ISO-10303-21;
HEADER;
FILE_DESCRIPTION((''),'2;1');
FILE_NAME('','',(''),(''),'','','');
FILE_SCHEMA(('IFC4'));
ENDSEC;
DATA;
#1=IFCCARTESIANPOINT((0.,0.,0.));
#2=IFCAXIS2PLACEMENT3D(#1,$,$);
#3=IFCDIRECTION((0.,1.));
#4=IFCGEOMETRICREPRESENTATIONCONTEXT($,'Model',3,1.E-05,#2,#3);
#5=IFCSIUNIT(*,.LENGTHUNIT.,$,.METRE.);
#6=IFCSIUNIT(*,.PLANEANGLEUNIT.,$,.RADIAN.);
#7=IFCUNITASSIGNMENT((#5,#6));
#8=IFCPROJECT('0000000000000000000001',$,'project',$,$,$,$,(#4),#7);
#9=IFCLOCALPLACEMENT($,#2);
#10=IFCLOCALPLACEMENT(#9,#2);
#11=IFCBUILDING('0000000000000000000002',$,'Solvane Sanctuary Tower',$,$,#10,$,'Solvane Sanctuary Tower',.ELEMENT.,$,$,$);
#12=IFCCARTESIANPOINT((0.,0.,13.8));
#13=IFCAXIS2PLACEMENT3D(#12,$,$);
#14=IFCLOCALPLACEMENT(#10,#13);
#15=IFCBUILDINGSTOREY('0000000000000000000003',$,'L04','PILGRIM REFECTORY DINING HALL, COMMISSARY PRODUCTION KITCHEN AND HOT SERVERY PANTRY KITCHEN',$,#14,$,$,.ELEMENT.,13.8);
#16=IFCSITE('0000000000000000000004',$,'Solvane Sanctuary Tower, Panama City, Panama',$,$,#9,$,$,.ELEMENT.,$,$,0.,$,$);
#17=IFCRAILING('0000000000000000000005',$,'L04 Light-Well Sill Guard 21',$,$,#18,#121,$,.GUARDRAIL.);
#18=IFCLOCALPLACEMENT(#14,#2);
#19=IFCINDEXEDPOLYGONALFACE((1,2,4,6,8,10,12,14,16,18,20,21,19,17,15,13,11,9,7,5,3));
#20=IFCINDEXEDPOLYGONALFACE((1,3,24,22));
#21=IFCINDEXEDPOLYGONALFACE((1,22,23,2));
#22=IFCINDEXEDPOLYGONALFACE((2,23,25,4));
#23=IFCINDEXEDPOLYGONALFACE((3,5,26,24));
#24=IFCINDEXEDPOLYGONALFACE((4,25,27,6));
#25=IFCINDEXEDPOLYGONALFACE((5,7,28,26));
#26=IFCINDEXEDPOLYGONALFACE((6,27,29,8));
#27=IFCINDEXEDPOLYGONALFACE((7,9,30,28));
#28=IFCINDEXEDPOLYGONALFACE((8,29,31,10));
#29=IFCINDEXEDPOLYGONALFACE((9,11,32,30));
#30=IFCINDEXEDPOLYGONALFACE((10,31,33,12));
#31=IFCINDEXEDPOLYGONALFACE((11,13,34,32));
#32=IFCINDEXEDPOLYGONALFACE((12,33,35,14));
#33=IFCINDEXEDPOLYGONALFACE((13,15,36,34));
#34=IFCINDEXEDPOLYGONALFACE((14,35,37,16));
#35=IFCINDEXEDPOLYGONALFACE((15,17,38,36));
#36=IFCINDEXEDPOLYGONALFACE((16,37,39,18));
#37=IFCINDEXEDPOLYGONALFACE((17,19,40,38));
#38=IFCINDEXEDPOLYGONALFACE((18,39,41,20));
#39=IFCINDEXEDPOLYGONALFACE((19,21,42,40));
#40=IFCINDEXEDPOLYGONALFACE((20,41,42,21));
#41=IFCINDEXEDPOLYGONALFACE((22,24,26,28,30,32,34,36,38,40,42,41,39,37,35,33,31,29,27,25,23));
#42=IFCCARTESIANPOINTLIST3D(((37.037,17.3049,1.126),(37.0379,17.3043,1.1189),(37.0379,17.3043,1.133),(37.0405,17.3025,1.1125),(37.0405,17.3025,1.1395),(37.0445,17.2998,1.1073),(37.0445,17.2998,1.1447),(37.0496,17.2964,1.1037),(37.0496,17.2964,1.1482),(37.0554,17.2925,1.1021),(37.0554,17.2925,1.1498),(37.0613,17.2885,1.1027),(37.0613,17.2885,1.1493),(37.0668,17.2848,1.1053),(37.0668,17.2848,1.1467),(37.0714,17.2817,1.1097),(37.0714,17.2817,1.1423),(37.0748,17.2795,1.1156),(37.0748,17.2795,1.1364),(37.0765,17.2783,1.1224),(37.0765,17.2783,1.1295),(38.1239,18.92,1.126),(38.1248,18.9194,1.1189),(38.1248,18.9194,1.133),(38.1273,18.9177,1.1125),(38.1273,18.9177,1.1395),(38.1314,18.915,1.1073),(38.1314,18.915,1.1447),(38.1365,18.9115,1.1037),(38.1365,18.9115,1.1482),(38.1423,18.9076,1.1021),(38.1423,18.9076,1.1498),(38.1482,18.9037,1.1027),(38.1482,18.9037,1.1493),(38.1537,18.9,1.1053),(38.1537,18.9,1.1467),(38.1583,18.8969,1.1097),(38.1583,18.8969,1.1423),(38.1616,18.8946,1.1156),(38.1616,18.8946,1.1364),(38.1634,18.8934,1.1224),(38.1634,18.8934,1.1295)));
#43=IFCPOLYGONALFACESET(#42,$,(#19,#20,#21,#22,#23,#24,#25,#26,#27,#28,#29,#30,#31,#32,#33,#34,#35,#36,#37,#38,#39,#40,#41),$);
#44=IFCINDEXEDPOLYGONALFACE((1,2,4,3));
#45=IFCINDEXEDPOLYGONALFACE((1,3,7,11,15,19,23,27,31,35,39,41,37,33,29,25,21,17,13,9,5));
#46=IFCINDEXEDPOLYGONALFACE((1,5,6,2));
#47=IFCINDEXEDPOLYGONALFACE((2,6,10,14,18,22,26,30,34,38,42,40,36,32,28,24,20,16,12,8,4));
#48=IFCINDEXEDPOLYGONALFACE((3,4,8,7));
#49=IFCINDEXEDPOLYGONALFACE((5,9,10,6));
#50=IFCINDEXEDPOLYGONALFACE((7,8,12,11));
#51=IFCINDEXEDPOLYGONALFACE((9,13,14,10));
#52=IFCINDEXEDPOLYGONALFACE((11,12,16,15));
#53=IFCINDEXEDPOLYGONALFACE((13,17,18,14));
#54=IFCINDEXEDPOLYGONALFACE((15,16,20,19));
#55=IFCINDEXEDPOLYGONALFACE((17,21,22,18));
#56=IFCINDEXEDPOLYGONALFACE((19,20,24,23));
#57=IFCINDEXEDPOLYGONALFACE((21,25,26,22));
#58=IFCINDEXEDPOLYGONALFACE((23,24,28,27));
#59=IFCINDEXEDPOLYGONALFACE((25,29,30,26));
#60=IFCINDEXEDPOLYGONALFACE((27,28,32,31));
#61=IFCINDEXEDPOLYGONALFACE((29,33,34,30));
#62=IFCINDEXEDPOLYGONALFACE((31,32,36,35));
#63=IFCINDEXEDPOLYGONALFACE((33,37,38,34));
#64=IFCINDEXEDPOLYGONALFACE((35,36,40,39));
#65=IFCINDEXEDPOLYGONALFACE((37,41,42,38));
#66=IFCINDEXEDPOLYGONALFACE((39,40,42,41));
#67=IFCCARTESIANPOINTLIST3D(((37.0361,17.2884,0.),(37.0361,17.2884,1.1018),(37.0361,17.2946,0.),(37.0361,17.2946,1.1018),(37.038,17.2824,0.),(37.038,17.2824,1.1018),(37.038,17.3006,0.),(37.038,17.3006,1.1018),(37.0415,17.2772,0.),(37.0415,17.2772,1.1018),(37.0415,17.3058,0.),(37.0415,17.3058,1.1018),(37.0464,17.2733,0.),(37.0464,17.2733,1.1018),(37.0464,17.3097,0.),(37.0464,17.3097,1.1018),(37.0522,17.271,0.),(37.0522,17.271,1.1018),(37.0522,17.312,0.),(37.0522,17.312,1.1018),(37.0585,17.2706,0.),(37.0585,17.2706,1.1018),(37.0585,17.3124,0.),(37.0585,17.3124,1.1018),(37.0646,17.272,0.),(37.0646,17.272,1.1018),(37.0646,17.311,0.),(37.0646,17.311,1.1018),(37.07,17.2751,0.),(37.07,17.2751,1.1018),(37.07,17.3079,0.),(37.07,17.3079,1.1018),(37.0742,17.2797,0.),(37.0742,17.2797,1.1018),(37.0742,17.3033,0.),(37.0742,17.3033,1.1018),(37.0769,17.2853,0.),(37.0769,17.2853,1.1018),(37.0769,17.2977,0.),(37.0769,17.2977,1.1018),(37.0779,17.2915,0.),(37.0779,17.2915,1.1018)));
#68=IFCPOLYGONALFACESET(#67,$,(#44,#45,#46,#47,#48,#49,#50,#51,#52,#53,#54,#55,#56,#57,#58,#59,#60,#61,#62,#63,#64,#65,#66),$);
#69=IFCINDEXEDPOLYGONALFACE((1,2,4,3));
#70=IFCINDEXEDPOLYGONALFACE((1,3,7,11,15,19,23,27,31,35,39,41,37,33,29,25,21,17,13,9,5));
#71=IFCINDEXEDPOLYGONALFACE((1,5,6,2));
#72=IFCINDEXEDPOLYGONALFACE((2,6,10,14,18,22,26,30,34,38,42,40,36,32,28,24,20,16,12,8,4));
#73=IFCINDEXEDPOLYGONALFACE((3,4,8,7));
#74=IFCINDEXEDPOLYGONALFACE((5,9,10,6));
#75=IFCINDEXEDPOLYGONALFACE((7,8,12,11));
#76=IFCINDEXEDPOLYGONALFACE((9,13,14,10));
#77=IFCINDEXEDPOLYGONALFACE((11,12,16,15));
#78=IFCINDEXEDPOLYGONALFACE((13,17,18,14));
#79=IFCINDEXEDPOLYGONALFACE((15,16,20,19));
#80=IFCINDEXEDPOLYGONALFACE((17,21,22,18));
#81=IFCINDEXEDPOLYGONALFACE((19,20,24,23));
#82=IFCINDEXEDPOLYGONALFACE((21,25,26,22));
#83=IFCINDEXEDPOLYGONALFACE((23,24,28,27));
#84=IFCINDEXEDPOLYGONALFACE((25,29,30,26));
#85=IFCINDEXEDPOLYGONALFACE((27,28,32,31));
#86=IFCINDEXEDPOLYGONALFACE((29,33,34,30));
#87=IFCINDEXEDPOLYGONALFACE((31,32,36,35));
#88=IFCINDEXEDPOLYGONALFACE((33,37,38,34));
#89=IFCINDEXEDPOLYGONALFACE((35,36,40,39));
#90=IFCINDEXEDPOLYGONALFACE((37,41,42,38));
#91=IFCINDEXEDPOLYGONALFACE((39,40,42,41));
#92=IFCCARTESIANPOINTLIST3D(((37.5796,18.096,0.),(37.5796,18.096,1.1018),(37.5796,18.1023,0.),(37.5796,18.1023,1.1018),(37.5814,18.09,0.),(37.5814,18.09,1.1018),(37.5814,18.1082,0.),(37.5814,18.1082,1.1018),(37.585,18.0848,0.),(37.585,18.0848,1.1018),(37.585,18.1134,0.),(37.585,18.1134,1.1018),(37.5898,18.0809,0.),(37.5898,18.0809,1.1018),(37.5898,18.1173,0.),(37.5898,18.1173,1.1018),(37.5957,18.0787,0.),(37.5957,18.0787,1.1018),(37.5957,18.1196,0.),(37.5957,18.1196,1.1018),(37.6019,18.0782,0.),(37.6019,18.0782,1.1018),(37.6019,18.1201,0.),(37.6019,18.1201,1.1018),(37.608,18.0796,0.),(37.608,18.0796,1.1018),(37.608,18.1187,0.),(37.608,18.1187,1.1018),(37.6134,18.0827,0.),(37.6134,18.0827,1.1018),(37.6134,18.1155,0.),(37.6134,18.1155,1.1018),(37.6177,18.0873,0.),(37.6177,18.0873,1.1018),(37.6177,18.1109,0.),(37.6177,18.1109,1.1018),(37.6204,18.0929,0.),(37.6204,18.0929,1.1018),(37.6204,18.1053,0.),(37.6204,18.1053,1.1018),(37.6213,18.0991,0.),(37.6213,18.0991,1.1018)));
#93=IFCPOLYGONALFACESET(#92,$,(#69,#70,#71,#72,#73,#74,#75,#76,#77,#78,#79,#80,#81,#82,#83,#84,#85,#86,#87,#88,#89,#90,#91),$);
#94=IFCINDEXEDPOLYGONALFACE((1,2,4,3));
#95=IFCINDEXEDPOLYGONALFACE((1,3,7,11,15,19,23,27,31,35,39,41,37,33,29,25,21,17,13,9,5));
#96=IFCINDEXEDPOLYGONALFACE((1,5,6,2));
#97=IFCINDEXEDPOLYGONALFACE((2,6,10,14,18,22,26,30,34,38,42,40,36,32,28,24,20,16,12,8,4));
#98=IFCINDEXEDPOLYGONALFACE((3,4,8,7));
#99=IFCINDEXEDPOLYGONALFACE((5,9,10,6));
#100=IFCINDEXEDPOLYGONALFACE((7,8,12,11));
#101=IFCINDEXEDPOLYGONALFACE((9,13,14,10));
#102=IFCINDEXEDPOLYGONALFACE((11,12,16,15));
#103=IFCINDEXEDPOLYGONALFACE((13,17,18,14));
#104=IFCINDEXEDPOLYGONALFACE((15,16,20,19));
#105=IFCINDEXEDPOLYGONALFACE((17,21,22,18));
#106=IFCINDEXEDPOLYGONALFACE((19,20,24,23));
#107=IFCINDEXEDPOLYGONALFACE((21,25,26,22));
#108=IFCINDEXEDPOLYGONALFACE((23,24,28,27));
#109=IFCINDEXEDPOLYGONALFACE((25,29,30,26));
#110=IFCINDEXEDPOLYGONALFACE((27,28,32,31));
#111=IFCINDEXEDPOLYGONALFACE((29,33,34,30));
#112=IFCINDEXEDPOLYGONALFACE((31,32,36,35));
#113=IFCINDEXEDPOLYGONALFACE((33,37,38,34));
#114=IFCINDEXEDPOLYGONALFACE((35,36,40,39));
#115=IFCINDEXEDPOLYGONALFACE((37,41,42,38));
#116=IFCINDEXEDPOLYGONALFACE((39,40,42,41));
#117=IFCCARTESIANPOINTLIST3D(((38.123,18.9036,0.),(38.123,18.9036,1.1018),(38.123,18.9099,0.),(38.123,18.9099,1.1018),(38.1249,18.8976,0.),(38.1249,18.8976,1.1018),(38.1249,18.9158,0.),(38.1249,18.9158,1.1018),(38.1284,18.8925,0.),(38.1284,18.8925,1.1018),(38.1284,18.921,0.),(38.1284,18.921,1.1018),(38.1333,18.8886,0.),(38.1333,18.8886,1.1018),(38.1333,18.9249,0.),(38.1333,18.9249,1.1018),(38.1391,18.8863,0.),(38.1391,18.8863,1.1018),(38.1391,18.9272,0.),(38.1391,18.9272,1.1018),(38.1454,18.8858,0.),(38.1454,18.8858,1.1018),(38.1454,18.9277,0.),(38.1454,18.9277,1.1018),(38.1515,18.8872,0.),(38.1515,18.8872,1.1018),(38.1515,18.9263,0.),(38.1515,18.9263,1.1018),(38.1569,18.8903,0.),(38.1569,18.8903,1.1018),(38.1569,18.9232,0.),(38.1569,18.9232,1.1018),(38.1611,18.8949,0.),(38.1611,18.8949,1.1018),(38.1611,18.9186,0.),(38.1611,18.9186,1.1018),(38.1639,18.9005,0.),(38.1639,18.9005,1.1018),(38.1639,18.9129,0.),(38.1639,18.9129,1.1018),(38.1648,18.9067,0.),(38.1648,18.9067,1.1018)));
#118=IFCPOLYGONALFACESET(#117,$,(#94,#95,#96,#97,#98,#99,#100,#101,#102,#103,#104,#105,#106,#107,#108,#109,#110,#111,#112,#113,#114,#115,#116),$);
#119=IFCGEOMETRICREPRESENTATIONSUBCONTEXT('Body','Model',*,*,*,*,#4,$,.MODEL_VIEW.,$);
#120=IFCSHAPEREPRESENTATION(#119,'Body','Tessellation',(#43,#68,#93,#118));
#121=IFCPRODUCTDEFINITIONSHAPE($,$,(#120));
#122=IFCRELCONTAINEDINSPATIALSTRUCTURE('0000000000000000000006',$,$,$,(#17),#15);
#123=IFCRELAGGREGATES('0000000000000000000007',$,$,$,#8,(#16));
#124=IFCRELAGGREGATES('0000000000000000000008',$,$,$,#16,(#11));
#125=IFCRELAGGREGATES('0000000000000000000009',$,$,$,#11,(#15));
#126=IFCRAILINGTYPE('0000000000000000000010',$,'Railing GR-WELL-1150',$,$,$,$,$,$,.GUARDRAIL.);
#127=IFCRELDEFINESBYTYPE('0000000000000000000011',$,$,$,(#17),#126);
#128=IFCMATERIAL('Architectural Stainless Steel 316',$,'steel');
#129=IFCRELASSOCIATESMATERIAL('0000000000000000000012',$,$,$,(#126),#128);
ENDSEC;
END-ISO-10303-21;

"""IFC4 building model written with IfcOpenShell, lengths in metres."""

from ifc_helpers import new_model, si_unit, direction, frame, origin, origin_2d, place, context, subcontext, project, spatial, circle, extrude, material, type_object, element, save


model = new_model("IFC4")

# Units and contexts
model_context = context("Model", 3, precision=1e-05, world=origin(), true_north=direction((0.0, 1.0)))
body_context = subcontext(model_context, "Body", "Model", "MODEL_VIEW")
ifc_project = project(units=[si_unit("LENGTHUNIT", "METRE"), si_unit("PLANEANGLEUNIT", "RADIAN")], contexts=[model_context])

# Site, building, storey
site_placement = place(None, origin())
site = spatial("IfcSite", under=ifc_project, at=site_placement, Name="Solvane Sanctuary Tower, Panama City, Panama", CompositionType="ELEMENT", RefElevation=0.0)
building_placement = place(site_placement, origin())
building = spatial("IfcBuilding", under=site, at=building_placement, Name="Solvane Sanctuary Tower", LongName="Solvane Sanctuary Tower", CompositionType="ELEMENT")
storey_placement = place(building_placement, frame((0.0, 0.0, 13.8)))
storey = spatial("IfcBuildingStorey", under=building, at=storey_placement, Name="L04", Description="PILGRIM REFECTORY DINING HALL, COMMISSARY PRODUCTION KITCHEN AND HOT SERVERY PANTRY KITCHEN", CompositionType="ELEMENT", Elevation=13.8)

# Railing
ifc_material_1 = material(Name="Architectural Stainless Steel 316", Category="steel")
railing_type = type_object("IfcRailingType", Name="Railing GR-WELL-1150", PredefinedType="GUARDRAIL", material=ifc_material_1)
railing_1_placement = place(storey_placement, frame((37.0569, 17.2915, 0.0)))
element("IfcRailing", 1, at=railing_1_placement, inside=storey, type_object=railing_type, Name="L04 Light-Well Sill Guard 21", PredefinedType="GUARDRAIL", context=body_context, shape_type="SweptSolid", body=[
    extrude(circle(Radius=0.0239, at=origin_2d()), frame((0.0, 0.0, 1.126), z_axis=(0.558283, 0.82965, 0.0), x_axis=(-0.82965, 0.558283, 0.0)), (0.0, 0.0, 1.0), 1.9468),
    extrude(circle(Radius=0.021, at=origin_2d()), origin(), (0.0, 0.0, 1.0), 1.1018),
    extrude(circle(Radius=0.021, at=origin_2d()), frame((0.5435, 0.8076, 0.0)), (0.0, 0.0, 1.0), 1.1018),
    extrude(circle(Radius=0.021, at=origin_2d()), frame((1.0869, 1.6152, 0.0)), (0.0, 0.0, 1.0), 1.1018),
])

save(model, "model.ifc")
